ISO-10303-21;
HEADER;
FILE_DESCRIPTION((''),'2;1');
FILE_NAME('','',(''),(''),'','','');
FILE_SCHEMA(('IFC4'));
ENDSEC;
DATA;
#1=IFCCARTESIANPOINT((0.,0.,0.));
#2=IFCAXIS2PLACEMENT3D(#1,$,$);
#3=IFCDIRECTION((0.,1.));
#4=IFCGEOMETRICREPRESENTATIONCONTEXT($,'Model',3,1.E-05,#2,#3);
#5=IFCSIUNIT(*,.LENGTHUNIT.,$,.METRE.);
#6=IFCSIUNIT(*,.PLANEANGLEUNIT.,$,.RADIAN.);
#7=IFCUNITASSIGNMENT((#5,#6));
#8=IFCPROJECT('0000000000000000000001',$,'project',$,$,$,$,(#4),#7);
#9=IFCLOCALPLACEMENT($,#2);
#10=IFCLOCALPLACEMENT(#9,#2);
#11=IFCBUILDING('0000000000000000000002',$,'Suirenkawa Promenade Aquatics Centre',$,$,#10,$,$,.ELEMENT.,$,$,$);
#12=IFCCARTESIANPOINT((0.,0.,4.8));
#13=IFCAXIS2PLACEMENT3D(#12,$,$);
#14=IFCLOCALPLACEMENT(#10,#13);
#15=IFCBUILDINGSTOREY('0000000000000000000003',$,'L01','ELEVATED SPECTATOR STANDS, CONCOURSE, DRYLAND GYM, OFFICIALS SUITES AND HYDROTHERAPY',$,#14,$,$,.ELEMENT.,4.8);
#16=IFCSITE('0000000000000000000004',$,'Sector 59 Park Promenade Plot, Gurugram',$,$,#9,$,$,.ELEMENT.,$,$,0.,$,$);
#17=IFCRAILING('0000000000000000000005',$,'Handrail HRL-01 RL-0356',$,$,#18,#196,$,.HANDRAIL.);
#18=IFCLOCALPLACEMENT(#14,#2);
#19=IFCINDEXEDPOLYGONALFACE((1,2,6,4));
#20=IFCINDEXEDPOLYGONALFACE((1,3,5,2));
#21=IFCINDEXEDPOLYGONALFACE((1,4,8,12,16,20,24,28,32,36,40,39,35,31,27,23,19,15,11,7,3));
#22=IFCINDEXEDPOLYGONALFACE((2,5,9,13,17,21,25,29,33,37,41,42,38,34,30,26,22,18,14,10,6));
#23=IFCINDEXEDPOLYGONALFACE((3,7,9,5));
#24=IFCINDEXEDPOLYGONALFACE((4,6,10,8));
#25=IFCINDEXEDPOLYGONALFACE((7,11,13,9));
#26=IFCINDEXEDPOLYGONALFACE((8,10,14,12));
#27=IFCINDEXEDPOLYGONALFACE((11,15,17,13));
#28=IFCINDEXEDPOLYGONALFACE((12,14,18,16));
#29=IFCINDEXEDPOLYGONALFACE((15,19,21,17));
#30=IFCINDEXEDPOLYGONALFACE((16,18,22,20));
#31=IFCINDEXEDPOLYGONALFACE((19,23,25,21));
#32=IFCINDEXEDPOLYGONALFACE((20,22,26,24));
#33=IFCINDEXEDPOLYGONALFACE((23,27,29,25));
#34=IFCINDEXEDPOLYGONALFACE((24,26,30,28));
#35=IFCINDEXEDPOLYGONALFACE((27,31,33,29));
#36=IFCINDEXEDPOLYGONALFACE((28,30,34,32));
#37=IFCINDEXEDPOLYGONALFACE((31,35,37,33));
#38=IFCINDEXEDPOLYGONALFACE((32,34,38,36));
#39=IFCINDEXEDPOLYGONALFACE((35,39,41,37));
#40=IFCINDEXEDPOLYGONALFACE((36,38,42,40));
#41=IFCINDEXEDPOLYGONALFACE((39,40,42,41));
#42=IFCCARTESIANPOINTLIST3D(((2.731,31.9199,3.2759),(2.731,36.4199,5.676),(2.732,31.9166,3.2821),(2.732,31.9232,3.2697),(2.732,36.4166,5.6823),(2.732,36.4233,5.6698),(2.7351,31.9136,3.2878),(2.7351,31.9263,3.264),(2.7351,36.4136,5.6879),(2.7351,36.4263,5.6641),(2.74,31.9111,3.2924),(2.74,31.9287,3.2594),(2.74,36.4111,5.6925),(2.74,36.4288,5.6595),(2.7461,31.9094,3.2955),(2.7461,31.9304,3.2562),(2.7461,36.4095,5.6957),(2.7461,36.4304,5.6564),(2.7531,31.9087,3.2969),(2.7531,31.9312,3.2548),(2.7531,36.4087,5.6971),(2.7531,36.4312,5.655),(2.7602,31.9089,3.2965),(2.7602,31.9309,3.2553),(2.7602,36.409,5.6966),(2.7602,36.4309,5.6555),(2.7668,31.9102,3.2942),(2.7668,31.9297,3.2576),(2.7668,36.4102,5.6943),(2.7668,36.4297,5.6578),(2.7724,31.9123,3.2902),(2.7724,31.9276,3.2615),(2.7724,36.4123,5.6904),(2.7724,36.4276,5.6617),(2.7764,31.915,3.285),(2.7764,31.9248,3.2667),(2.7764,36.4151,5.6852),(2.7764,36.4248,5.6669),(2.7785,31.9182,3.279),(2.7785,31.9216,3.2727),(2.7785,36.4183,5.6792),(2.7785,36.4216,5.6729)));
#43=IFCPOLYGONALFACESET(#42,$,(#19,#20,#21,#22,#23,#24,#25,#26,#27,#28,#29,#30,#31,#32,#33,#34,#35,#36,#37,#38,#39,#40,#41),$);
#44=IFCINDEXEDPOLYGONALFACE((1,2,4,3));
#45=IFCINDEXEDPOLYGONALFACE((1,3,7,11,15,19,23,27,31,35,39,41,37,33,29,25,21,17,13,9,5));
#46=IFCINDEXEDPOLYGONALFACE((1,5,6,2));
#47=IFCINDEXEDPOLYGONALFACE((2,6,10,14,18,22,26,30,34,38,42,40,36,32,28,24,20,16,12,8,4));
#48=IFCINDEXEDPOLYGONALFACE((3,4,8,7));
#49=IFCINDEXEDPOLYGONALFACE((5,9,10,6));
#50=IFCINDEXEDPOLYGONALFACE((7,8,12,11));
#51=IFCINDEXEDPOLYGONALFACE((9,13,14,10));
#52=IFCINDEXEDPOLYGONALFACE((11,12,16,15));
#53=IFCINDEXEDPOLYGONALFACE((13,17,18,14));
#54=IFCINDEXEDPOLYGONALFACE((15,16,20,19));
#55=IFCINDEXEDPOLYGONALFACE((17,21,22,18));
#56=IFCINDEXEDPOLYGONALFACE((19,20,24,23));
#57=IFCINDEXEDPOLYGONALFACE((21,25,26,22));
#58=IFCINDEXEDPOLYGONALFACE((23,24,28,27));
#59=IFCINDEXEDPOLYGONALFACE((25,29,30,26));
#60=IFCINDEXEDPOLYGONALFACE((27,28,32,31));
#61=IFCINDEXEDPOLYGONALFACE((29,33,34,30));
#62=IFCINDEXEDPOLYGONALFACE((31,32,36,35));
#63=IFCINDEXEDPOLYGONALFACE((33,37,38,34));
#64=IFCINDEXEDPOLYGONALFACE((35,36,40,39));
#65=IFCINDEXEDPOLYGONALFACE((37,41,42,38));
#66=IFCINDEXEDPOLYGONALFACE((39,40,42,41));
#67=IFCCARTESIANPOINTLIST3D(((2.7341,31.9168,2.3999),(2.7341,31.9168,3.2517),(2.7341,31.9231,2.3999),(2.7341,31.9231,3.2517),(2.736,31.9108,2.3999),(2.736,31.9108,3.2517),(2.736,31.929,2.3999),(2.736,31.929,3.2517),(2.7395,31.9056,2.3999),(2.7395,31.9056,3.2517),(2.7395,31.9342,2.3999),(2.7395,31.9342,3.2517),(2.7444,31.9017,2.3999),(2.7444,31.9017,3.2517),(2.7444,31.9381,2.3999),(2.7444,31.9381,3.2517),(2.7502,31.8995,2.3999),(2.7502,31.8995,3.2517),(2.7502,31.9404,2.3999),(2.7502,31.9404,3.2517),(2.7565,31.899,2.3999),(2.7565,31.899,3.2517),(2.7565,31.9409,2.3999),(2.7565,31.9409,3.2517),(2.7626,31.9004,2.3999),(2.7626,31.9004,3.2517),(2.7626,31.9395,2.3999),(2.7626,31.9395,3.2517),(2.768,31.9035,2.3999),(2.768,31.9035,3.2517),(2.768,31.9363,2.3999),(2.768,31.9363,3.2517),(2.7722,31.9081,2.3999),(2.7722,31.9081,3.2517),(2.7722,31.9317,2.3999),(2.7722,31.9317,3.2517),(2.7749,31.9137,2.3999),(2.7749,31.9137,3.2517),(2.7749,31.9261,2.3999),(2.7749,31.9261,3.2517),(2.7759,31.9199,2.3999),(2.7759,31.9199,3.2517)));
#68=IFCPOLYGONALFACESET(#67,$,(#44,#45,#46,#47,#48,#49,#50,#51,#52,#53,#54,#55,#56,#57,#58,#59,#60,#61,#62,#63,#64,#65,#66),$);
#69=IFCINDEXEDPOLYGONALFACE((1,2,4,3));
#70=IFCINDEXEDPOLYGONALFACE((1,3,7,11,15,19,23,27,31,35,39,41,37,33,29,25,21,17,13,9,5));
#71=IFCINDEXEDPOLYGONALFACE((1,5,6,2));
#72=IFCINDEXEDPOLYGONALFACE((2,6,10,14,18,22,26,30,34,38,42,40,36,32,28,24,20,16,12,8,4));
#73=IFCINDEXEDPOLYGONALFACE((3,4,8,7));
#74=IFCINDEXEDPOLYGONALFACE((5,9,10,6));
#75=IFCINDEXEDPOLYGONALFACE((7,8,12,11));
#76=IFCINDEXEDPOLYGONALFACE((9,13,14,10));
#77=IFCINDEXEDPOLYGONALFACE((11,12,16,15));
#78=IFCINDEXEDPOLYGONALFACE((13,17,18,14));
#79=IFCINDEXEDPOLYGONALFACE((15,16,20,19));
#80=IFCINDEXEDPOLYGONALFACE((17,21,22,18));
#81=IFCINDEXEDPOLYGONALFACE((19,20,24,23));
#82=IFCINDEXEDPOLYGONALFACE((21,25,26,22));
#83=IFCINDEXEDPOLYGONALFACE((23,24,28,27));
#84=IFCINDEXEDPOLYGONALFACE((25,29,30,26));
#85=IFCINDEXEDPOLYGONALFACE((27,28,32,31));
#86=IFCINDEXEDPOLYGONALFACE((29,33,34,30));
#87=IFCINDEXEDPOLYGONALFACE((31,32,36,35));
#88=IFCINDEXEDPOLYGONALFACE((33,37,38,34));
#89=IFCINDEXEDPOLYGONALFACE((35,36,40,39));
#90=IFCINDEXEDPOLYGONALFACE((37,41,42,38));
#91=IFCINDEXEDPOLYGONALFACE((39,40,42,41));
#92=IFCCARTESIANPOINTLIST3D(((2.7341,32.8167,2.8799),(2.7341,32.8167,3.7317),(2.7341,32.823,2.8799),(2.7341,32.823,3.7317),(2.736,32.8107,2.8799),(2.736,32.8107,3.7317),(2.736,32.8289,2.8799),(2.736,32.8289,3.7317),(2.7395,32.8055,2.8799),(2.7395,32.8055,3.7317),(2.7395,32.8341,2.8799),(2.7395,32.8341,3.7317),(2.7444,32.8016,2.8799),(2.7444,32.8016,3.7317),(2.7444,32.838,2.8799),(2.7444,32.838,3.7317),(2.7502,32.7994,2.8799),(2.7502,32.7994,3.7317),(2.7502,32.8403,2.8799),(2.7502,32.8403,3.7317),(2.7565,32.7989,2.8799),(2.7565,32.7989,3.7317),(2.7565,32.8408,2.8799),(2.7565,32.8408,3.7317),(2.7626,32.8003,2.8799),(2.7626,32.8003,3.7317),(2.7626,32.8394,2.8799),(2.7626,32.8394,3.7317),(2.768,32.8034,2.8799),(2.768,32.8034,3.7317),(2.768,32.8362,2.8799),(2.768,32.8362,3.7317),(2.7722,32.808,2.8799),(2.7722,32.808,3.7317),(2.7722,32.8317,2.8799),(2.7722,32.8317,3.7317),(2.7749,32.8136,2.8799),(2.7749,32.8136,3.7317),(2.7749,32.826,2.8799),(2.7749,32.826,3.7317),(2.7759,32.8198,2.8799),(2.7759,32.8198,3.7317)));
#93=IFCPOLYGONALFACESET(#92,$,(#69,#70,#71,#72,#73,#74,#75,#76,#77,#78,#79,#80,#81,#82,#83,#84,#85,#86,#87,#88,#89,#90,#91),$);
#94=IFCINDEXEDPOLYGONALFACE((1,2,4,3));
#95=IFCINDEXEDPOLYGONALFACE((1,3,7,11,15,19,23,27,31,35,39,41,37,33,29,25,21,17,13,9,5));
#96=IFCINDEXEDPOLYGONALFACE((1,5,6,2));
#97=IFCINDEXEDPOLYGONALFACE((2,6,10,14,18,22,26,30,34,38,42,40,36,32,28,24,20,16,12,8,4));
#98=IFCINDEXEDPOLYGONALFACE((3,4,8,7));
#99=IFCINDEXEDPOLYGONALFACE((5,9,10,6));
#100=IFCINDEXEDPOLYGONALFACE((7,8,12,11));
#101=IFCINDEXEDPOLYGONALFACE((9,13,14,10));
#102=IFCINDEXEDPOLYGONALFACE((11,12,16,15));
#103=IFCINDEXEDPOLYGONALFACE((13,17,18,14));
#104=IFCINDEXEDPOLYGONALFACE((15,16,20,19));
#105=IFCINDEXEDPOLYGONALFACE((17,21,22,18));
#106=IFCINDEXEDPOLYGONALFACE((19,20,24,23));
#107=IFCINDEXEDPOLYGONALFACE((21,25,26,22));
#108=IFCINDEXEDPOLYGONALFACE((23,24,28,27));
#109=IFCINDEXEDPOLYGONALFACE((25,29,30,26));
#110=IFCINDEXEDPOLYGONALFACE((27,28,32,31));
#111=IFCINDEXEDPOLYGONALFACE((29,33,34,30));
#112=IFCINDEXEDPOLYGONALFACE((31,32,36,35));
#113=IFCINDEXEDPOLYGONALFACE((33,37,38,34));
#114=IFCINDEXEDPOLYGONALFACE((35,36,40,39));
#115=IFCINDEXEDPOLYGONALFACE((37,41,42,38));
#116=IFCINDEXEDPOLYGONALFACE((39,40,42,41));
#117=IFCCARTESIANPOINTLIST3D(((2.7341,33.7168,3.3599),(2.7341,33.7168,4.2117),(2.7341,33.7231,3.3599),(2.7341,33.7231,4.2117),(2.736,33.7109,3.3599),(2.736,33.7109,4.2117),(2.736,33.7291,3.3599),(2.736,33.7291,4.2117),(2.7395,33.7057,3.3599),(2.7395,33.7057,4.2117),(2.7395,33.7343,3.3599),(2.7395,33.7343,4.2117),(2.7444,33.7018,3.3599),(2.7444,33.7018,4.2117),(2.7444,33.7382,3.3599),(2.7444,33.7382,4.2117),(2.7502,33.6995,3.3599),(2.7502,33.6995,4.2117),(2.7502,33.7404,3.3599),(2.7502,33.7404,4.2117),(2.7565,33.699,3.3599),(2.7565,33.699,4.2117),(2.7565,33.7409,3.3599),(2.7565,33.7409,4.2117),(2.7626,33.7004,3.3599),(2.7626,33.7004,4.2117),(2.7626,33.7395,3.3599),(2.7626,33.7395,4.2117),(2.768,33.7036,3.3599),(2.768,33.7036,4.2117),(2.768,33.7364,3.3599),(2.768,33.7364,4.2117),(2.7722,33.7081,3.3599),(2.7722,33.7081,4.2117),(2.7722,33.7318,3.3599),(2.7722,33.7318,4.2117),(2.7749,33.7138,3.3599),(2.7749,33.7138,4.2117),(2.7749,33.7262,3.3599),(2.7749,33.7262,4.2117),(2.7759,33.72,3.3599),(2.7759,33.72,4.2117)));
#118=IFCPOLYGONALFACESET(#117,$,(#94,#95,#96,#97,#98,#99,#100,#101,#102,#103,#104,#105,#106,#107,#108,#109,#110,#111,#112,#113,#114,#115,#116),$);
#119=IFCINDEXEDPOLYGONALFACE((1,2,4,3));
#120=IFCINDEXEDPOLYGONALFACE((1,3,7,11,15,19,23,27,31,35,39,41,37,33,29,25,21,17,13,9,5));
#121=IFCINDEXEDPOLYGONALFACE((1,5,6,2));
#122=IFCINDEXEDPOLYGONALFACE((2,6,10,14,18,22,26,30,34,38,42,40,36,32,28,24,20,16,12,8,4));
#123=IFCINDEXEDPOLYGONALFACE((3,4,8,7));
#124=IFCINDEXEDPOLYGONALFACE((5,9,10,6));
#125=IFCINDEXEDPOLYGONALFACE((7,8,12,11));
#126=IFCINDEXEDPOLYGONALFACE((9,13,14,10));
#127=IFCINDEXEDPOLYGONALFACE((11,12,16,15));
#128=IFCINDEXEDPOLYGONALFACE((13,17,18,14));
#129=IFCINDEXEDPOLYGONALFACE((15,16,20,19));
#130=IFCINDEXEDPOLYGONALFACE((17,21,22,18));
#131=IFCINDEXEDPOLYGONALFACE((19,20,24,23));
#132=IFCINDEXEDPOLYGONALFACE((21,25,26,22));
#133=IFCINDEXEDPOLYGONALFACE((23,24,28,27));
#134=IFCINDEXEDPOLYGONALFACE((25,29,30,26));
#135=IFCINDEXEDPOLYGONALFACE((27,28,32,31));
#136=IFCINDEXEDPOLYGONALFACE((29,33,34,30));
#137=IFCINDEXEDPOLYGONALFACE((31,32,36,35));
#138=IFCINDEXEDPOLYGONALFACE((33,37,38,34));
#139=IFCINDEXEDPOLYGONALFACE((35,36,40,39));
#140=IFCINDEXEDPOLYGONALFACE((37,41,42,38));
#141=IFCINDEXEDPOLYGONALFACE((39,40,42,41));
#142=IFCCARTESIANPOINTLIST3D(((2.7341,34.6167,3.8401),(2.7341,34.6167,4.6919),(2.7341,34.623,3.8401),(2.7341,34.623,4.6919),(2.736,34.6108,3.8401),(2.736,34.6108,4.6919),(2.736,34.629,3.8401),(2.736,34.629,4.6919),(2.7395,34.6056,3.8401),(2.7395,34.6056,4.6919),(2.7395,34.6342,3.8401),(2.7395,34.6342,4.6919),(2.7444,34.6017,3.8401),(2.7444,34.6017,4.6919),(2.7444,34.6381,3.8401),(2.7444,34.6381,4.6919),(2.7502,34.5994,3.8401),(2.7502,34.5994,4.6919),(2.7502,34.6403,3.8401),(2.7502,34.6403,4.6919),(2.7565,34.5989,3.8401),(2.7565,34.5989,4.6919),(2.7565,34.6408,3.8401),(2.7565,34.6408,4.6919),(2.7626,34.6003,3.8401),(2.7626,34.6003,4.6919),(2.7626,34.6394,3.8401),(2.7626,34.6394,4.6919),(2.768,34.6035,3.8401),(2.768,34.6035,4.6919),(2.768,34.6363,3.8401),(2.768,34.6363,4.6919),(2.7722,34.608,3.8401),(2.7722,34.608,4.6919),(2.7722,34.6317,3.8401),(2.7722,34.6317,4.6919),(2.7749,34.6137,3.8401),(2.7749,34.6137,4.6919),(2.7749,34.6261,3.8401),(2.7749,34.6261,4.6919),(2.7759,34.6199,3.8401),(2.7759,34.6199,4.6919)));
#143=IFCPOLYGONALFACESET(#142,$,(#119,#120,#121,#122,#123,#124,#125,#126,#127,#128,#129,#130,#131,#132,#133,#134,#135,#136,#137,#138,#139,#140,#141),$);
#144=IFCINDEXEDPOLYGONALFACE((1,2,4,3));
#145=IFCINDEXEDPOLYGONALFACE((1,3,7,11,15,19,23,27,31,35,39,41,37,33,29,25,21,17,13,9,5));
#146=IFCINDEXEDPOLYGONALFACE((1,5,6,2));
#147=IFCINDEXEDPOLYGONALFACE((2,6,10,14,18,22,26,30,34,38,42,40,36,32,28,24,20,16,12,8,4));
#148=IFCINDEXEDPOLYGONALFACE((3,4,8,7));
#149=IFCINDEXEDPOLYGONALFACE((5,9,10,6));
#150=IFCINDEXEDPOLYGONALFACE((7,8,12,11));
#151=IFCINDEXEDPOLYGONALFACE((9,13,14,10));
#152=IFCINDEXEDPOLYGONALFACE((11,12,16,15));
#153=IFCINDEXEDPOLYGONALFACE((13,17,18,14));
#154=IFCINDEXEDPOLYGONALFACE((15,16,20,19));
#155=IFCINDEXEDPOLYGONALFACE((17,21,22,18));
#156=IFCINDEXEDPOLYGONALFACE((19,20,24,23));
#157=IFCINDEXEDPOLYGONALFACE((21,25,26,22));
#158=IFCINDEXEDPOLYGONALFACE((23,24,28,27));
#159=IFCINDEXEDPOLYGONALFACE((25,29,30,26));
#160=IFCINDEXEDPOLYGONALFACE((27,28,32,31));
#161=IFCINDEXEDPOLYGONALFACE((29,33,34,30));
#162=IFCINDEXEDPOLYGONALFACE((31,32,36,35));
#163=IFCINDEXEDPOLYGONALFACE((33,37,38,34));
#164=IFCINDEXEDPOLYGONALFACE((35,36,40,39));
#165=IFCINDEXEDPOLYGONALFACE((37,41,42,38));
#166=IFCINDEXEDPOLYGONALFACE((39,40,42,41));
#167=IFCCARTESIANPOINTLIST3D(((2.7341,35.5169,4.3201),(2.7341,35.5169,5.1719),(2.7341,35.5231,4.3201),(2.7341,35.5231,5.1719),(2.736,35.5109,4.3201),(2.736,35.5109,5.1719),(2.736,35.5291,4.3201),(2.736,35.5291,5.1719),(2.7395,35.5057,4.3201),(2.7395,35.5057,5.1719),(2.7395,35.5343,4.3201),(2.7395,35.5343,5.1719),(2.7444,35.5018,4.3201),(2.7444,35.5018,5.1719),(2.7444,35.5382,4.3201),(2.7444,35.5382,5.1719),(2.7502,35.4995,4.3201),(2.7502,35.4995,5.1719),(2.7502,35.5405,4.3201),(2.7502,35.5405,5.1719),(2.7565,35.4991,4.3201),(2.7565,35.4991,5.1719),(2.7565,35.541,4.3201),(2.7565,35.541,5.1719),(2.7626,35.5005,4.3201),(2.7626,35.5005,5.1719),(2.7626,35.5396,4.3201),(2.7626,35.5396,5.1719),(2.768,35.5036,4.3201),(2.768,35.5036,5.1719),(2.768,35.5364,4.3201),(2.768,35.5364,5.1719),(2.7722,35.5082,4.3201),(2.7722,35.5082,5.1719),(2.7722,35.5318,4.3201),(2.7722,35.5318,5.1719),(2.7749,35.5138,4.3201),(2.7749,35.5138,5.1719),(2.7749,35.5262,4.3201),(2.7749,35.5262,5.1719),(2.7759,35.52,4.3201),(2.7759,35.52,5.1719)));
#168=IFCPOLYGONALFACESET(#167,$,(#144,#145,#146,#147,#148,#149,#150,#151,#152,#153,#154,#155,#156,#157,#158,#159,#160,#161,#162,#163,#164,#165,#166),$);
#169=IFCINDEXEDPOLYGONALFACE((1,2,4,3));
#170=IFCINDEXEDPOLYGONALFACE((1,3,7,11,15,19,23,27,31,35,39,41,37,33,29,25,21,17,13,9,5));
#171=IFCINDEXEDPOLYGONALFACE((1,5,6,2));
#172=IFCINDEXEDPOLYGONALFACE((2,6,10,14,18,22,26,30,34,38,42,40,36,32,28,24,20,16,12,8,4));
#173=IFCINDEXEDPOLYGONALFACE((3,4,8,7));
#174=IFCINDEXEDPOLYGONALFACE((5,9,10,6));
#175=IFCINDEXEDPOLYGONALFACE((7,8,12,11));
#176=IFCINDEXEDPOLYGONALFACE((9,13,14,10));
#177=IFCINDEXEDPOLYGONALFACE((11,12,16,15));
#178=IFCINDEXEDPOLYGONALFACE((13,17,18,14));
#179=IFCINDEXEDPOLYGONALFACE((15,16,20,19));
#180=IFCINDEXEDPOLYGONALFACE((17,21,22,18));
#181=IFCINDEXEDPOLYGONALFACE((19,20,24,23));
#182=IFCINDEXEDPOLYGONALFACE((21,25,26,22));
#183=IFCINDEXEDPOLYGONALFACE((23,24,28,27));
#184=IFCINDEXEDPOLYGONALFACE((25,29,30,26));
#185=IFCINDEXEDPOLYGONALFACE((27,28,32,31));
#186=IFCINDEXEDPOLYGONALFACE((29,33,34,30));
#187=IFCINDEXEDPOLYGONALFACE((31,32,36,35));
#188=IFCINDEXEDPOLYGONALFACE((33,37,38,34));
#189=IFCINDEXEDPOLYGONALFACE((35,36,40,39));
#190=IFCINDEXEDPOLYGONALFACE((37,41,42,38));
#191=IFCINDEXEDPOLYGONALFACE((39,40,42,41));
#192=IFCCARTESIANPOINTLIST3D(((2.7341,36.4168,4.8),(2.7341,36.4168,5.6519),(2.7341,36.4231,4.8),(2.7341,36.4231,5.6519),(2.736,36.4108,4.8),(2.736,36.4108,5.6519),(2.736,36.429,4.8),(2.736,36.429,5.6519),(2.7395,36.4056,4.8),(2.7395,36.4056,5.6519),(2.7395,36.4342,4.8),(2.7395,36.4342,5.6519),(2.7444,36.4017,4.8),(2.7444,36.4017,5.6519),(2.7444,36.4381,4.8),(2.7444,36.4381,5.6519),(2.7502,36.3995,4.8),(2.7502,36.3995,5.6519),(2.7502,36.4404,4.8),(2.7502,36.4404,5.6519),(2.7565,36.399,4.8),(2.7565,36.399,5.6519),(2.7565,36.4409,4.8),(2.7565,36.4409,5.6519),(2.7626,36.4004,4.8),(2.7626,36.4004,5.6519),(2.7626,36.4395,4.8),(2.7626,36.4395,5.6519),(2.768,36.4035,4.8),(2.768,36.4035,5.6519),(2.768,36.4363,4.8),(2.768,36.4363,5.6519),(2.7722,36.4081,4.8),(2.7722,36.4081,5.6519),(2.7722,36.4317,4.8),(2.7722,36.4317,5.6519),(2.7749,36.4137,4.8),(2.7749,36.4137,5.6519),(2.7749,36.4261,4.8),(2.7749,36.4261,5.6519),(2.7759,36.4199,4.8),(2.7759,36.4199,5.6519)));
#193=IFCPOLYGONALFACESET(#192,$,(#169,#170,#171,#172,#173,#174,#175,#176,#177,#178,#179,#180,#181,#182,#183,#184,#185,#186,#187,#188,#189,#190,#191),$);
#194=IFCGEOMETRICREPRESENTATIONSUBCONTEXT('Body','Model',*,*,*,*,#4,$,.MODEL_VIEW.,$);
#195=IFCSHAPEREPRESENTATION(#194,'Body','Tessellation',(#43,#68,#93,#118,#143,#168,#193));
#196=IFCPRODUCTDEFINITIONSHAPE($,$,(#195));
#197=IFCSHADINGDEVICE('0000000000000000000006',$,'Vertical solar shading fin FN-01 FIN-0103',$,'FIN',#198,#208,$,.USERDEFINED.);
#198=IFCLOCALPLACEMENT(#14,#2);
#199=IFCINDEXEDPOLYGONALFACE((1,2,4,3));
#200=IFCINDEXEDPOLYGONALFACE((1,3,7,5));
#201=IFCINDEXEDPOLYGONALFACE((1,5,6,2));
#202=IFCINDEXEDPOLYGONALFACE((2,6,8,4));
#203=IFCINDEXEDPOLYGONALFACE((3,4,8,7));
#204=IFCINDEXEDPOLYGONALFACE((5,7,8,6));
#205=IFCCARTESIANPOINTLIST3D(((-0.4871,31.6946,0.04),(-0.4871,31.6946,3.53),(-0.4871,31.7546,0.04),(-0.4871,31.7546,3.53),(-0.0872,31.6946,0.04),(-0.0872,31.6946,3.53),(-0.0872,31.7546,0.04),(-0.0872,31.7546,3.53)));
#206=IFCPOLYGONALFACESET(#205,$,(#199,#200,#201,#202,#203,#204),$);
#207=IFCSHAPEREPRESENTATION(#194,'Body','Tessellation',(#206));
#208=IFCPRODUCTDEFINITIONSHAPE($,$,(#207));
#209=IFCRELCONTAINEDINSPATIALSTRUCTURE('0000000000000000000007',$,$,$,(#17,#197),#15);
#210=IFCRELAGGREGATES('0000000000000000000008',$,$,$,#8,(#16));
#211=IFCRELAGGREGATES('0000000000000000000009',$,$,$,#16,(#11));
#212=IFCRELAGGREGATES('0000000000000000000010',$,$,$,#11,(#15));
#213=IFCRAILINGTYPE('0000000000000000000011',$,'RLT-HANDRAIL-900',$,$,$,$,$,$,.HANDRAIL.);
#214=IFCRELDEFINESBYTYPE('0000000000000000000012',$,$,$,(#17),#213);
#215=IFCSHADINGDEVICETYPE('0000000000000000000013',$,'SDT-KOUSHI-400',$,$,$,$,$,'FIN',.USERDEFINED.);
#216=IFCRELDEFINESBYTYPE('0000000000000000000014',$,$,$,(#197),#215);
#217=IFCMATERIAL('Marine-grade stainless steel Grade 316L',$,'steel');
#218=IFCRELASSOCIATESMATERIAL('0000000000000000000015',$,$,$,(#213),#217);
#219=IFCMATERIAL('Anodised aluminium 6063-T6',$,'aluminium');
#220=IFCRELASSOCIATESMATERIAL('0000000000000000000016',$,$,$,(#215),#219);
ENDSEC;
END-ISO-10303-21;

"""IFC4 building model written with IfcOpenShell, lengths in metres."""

from ifc_helpers import new_model, si_unit, direction, frame, origin, origin_2d, place, context, subcontext, project, spatial, rectangle, circle, extrude, material, type_object, element, save


model = new_model("IFC4")

# Units and contexts
model_context = context("Model", 3, precision=1e-05, world=origin(), true_north=direction((0.0, 1.0)))
body_context = subcontext(model_context, "Body", "Model", "MODEL_VIEW")
ifc_project = project(units=[si_unit("LENGTHUNIT", "METRE"), si_unit("PLANEANGLEUNIT", "RADIAN")], contexts=[model_context])

# Site, building, storey
site_placement = place(None, origin())
site = spatial("IfcSite", under=ifc_project, at=site_placement, Name="Sector 59 Park Promenade Plot, Gurugram", CompositionType="ELEMENT", RefElevation=0.0)
building_placement = place(site_placement, origin())
building = spatial("IfcBuilding", under=site, at=building_placement, Name="Suirenkawa Promenade Aquatics Centre", CompositionType="ELEMENT")
storey_placement = place(building_placement, frame((0.0, 0.0, 4.8)))
storey = spatial("IfcBuildingStorey", under=building, at=storey_placement, Name="L01", Description="ELEVATED SPECTATOR STANDS, CONCOURSE, DRYLAND GYM, OFFICIALS SUITES AND HYDROTHERAPY", CompositionType="ELEMENT", Elevation=4.8)

# Shared definitions
ifc_material_1 = material(Name="Anodised aluminium 6063-T6", Category="aluminium")

# Railing
ifc_material_2 = material(Name="Marine-grade stainless steel Grade 316L", Category="steel")
railing_type_1 = type_object("IfcRailingType", Name="RLT-HANDRAIL-900", PredefinedType="HANDRAIL", material=ifc_material_2)
for number, where, name in (
    (1, (2.7549, 31.9199, 2.3999), "Handrail HRL-01 RL-0356"),
):
    element("IfcRailing", number, at=place(storey_placement, frame(where)), inside=storey, type_object=railing_type_1, Name=name, PredefinedType="HANDRAIL", context=body_context, shape_type="SweptSolid", body=[
        extrude(circle(Radius=0.0239, at=origin_2d()), frame((0.0, 0.0, 0.876), z_axis=(0.0, 0.882341, 0.470611), x_axis=(-1.0, 0.0, 0.0)), (0.0, 0.0, 1.0), 5.1001),
        extrude(circle(Radius=0.021, at=origin_2d()), origin(), (0.0, 0.0, 1.0), 0.8518),
        extrude(circle(Radius=0.021, at=origin_2d()), frame((0.0, 0.8999, 0.48)), (0.0, 0.0, 1.0), 0.8518),
        extrude(circle(Radius=0.021, at=origin_2d()), frame((0.0, 1.8, 0.96)), (0.0, 0.0, 1.0), 0.8518),
        extrude(circle(Radius=0.021, at=origin_2d()), frame((0.0, 2.7, 1.4402)), (0.0, 0.0, 1.0), 0.8518),
        extrude(circle(Radius=0.021, at=origin_2d()), frame((0.0, 3.6001, 1.9202)), (0.0, 0.0, 1.0), 0.8518),
        extrude(circle(Radius=0.021, at=origin_2d()), frame((0.0, 4.5, 2.4001)), (0.0, 0.0, 1.0), 0.8518),
    ])

# Shading device
shading_device_type = type_object("IfcShadingDeviceType", Name="SDT-KOUSHI-400", ElementType="FIN", PredefinedType="USERDEFINED", material=ifc_material_1)
shading_device_placement = place(storey_placement, frame((-0.2871, 31.7246, 0.04), z_axis=(0.0, 0.0, 1.0), x_axis=(-1.0, 0.0, 0.0)))
element("IfcShadingDevice", 2, at=shading_device_placement, inside=storey, type_object=shading_device_type, Name="Vertical solar shading fin FN-01 FIN-0103", ObjectType="FIN", PredefinedType="USERDEFINED", context=body_context, shape_type="SweptSolid", body=[
    extrude(rectangle(XDim=0.3999, YDim=0.0601, at=origin_2d()), origin(), (0.0, 0.0, 1.0), 3.49),
])

save(model, "model.ifc")
